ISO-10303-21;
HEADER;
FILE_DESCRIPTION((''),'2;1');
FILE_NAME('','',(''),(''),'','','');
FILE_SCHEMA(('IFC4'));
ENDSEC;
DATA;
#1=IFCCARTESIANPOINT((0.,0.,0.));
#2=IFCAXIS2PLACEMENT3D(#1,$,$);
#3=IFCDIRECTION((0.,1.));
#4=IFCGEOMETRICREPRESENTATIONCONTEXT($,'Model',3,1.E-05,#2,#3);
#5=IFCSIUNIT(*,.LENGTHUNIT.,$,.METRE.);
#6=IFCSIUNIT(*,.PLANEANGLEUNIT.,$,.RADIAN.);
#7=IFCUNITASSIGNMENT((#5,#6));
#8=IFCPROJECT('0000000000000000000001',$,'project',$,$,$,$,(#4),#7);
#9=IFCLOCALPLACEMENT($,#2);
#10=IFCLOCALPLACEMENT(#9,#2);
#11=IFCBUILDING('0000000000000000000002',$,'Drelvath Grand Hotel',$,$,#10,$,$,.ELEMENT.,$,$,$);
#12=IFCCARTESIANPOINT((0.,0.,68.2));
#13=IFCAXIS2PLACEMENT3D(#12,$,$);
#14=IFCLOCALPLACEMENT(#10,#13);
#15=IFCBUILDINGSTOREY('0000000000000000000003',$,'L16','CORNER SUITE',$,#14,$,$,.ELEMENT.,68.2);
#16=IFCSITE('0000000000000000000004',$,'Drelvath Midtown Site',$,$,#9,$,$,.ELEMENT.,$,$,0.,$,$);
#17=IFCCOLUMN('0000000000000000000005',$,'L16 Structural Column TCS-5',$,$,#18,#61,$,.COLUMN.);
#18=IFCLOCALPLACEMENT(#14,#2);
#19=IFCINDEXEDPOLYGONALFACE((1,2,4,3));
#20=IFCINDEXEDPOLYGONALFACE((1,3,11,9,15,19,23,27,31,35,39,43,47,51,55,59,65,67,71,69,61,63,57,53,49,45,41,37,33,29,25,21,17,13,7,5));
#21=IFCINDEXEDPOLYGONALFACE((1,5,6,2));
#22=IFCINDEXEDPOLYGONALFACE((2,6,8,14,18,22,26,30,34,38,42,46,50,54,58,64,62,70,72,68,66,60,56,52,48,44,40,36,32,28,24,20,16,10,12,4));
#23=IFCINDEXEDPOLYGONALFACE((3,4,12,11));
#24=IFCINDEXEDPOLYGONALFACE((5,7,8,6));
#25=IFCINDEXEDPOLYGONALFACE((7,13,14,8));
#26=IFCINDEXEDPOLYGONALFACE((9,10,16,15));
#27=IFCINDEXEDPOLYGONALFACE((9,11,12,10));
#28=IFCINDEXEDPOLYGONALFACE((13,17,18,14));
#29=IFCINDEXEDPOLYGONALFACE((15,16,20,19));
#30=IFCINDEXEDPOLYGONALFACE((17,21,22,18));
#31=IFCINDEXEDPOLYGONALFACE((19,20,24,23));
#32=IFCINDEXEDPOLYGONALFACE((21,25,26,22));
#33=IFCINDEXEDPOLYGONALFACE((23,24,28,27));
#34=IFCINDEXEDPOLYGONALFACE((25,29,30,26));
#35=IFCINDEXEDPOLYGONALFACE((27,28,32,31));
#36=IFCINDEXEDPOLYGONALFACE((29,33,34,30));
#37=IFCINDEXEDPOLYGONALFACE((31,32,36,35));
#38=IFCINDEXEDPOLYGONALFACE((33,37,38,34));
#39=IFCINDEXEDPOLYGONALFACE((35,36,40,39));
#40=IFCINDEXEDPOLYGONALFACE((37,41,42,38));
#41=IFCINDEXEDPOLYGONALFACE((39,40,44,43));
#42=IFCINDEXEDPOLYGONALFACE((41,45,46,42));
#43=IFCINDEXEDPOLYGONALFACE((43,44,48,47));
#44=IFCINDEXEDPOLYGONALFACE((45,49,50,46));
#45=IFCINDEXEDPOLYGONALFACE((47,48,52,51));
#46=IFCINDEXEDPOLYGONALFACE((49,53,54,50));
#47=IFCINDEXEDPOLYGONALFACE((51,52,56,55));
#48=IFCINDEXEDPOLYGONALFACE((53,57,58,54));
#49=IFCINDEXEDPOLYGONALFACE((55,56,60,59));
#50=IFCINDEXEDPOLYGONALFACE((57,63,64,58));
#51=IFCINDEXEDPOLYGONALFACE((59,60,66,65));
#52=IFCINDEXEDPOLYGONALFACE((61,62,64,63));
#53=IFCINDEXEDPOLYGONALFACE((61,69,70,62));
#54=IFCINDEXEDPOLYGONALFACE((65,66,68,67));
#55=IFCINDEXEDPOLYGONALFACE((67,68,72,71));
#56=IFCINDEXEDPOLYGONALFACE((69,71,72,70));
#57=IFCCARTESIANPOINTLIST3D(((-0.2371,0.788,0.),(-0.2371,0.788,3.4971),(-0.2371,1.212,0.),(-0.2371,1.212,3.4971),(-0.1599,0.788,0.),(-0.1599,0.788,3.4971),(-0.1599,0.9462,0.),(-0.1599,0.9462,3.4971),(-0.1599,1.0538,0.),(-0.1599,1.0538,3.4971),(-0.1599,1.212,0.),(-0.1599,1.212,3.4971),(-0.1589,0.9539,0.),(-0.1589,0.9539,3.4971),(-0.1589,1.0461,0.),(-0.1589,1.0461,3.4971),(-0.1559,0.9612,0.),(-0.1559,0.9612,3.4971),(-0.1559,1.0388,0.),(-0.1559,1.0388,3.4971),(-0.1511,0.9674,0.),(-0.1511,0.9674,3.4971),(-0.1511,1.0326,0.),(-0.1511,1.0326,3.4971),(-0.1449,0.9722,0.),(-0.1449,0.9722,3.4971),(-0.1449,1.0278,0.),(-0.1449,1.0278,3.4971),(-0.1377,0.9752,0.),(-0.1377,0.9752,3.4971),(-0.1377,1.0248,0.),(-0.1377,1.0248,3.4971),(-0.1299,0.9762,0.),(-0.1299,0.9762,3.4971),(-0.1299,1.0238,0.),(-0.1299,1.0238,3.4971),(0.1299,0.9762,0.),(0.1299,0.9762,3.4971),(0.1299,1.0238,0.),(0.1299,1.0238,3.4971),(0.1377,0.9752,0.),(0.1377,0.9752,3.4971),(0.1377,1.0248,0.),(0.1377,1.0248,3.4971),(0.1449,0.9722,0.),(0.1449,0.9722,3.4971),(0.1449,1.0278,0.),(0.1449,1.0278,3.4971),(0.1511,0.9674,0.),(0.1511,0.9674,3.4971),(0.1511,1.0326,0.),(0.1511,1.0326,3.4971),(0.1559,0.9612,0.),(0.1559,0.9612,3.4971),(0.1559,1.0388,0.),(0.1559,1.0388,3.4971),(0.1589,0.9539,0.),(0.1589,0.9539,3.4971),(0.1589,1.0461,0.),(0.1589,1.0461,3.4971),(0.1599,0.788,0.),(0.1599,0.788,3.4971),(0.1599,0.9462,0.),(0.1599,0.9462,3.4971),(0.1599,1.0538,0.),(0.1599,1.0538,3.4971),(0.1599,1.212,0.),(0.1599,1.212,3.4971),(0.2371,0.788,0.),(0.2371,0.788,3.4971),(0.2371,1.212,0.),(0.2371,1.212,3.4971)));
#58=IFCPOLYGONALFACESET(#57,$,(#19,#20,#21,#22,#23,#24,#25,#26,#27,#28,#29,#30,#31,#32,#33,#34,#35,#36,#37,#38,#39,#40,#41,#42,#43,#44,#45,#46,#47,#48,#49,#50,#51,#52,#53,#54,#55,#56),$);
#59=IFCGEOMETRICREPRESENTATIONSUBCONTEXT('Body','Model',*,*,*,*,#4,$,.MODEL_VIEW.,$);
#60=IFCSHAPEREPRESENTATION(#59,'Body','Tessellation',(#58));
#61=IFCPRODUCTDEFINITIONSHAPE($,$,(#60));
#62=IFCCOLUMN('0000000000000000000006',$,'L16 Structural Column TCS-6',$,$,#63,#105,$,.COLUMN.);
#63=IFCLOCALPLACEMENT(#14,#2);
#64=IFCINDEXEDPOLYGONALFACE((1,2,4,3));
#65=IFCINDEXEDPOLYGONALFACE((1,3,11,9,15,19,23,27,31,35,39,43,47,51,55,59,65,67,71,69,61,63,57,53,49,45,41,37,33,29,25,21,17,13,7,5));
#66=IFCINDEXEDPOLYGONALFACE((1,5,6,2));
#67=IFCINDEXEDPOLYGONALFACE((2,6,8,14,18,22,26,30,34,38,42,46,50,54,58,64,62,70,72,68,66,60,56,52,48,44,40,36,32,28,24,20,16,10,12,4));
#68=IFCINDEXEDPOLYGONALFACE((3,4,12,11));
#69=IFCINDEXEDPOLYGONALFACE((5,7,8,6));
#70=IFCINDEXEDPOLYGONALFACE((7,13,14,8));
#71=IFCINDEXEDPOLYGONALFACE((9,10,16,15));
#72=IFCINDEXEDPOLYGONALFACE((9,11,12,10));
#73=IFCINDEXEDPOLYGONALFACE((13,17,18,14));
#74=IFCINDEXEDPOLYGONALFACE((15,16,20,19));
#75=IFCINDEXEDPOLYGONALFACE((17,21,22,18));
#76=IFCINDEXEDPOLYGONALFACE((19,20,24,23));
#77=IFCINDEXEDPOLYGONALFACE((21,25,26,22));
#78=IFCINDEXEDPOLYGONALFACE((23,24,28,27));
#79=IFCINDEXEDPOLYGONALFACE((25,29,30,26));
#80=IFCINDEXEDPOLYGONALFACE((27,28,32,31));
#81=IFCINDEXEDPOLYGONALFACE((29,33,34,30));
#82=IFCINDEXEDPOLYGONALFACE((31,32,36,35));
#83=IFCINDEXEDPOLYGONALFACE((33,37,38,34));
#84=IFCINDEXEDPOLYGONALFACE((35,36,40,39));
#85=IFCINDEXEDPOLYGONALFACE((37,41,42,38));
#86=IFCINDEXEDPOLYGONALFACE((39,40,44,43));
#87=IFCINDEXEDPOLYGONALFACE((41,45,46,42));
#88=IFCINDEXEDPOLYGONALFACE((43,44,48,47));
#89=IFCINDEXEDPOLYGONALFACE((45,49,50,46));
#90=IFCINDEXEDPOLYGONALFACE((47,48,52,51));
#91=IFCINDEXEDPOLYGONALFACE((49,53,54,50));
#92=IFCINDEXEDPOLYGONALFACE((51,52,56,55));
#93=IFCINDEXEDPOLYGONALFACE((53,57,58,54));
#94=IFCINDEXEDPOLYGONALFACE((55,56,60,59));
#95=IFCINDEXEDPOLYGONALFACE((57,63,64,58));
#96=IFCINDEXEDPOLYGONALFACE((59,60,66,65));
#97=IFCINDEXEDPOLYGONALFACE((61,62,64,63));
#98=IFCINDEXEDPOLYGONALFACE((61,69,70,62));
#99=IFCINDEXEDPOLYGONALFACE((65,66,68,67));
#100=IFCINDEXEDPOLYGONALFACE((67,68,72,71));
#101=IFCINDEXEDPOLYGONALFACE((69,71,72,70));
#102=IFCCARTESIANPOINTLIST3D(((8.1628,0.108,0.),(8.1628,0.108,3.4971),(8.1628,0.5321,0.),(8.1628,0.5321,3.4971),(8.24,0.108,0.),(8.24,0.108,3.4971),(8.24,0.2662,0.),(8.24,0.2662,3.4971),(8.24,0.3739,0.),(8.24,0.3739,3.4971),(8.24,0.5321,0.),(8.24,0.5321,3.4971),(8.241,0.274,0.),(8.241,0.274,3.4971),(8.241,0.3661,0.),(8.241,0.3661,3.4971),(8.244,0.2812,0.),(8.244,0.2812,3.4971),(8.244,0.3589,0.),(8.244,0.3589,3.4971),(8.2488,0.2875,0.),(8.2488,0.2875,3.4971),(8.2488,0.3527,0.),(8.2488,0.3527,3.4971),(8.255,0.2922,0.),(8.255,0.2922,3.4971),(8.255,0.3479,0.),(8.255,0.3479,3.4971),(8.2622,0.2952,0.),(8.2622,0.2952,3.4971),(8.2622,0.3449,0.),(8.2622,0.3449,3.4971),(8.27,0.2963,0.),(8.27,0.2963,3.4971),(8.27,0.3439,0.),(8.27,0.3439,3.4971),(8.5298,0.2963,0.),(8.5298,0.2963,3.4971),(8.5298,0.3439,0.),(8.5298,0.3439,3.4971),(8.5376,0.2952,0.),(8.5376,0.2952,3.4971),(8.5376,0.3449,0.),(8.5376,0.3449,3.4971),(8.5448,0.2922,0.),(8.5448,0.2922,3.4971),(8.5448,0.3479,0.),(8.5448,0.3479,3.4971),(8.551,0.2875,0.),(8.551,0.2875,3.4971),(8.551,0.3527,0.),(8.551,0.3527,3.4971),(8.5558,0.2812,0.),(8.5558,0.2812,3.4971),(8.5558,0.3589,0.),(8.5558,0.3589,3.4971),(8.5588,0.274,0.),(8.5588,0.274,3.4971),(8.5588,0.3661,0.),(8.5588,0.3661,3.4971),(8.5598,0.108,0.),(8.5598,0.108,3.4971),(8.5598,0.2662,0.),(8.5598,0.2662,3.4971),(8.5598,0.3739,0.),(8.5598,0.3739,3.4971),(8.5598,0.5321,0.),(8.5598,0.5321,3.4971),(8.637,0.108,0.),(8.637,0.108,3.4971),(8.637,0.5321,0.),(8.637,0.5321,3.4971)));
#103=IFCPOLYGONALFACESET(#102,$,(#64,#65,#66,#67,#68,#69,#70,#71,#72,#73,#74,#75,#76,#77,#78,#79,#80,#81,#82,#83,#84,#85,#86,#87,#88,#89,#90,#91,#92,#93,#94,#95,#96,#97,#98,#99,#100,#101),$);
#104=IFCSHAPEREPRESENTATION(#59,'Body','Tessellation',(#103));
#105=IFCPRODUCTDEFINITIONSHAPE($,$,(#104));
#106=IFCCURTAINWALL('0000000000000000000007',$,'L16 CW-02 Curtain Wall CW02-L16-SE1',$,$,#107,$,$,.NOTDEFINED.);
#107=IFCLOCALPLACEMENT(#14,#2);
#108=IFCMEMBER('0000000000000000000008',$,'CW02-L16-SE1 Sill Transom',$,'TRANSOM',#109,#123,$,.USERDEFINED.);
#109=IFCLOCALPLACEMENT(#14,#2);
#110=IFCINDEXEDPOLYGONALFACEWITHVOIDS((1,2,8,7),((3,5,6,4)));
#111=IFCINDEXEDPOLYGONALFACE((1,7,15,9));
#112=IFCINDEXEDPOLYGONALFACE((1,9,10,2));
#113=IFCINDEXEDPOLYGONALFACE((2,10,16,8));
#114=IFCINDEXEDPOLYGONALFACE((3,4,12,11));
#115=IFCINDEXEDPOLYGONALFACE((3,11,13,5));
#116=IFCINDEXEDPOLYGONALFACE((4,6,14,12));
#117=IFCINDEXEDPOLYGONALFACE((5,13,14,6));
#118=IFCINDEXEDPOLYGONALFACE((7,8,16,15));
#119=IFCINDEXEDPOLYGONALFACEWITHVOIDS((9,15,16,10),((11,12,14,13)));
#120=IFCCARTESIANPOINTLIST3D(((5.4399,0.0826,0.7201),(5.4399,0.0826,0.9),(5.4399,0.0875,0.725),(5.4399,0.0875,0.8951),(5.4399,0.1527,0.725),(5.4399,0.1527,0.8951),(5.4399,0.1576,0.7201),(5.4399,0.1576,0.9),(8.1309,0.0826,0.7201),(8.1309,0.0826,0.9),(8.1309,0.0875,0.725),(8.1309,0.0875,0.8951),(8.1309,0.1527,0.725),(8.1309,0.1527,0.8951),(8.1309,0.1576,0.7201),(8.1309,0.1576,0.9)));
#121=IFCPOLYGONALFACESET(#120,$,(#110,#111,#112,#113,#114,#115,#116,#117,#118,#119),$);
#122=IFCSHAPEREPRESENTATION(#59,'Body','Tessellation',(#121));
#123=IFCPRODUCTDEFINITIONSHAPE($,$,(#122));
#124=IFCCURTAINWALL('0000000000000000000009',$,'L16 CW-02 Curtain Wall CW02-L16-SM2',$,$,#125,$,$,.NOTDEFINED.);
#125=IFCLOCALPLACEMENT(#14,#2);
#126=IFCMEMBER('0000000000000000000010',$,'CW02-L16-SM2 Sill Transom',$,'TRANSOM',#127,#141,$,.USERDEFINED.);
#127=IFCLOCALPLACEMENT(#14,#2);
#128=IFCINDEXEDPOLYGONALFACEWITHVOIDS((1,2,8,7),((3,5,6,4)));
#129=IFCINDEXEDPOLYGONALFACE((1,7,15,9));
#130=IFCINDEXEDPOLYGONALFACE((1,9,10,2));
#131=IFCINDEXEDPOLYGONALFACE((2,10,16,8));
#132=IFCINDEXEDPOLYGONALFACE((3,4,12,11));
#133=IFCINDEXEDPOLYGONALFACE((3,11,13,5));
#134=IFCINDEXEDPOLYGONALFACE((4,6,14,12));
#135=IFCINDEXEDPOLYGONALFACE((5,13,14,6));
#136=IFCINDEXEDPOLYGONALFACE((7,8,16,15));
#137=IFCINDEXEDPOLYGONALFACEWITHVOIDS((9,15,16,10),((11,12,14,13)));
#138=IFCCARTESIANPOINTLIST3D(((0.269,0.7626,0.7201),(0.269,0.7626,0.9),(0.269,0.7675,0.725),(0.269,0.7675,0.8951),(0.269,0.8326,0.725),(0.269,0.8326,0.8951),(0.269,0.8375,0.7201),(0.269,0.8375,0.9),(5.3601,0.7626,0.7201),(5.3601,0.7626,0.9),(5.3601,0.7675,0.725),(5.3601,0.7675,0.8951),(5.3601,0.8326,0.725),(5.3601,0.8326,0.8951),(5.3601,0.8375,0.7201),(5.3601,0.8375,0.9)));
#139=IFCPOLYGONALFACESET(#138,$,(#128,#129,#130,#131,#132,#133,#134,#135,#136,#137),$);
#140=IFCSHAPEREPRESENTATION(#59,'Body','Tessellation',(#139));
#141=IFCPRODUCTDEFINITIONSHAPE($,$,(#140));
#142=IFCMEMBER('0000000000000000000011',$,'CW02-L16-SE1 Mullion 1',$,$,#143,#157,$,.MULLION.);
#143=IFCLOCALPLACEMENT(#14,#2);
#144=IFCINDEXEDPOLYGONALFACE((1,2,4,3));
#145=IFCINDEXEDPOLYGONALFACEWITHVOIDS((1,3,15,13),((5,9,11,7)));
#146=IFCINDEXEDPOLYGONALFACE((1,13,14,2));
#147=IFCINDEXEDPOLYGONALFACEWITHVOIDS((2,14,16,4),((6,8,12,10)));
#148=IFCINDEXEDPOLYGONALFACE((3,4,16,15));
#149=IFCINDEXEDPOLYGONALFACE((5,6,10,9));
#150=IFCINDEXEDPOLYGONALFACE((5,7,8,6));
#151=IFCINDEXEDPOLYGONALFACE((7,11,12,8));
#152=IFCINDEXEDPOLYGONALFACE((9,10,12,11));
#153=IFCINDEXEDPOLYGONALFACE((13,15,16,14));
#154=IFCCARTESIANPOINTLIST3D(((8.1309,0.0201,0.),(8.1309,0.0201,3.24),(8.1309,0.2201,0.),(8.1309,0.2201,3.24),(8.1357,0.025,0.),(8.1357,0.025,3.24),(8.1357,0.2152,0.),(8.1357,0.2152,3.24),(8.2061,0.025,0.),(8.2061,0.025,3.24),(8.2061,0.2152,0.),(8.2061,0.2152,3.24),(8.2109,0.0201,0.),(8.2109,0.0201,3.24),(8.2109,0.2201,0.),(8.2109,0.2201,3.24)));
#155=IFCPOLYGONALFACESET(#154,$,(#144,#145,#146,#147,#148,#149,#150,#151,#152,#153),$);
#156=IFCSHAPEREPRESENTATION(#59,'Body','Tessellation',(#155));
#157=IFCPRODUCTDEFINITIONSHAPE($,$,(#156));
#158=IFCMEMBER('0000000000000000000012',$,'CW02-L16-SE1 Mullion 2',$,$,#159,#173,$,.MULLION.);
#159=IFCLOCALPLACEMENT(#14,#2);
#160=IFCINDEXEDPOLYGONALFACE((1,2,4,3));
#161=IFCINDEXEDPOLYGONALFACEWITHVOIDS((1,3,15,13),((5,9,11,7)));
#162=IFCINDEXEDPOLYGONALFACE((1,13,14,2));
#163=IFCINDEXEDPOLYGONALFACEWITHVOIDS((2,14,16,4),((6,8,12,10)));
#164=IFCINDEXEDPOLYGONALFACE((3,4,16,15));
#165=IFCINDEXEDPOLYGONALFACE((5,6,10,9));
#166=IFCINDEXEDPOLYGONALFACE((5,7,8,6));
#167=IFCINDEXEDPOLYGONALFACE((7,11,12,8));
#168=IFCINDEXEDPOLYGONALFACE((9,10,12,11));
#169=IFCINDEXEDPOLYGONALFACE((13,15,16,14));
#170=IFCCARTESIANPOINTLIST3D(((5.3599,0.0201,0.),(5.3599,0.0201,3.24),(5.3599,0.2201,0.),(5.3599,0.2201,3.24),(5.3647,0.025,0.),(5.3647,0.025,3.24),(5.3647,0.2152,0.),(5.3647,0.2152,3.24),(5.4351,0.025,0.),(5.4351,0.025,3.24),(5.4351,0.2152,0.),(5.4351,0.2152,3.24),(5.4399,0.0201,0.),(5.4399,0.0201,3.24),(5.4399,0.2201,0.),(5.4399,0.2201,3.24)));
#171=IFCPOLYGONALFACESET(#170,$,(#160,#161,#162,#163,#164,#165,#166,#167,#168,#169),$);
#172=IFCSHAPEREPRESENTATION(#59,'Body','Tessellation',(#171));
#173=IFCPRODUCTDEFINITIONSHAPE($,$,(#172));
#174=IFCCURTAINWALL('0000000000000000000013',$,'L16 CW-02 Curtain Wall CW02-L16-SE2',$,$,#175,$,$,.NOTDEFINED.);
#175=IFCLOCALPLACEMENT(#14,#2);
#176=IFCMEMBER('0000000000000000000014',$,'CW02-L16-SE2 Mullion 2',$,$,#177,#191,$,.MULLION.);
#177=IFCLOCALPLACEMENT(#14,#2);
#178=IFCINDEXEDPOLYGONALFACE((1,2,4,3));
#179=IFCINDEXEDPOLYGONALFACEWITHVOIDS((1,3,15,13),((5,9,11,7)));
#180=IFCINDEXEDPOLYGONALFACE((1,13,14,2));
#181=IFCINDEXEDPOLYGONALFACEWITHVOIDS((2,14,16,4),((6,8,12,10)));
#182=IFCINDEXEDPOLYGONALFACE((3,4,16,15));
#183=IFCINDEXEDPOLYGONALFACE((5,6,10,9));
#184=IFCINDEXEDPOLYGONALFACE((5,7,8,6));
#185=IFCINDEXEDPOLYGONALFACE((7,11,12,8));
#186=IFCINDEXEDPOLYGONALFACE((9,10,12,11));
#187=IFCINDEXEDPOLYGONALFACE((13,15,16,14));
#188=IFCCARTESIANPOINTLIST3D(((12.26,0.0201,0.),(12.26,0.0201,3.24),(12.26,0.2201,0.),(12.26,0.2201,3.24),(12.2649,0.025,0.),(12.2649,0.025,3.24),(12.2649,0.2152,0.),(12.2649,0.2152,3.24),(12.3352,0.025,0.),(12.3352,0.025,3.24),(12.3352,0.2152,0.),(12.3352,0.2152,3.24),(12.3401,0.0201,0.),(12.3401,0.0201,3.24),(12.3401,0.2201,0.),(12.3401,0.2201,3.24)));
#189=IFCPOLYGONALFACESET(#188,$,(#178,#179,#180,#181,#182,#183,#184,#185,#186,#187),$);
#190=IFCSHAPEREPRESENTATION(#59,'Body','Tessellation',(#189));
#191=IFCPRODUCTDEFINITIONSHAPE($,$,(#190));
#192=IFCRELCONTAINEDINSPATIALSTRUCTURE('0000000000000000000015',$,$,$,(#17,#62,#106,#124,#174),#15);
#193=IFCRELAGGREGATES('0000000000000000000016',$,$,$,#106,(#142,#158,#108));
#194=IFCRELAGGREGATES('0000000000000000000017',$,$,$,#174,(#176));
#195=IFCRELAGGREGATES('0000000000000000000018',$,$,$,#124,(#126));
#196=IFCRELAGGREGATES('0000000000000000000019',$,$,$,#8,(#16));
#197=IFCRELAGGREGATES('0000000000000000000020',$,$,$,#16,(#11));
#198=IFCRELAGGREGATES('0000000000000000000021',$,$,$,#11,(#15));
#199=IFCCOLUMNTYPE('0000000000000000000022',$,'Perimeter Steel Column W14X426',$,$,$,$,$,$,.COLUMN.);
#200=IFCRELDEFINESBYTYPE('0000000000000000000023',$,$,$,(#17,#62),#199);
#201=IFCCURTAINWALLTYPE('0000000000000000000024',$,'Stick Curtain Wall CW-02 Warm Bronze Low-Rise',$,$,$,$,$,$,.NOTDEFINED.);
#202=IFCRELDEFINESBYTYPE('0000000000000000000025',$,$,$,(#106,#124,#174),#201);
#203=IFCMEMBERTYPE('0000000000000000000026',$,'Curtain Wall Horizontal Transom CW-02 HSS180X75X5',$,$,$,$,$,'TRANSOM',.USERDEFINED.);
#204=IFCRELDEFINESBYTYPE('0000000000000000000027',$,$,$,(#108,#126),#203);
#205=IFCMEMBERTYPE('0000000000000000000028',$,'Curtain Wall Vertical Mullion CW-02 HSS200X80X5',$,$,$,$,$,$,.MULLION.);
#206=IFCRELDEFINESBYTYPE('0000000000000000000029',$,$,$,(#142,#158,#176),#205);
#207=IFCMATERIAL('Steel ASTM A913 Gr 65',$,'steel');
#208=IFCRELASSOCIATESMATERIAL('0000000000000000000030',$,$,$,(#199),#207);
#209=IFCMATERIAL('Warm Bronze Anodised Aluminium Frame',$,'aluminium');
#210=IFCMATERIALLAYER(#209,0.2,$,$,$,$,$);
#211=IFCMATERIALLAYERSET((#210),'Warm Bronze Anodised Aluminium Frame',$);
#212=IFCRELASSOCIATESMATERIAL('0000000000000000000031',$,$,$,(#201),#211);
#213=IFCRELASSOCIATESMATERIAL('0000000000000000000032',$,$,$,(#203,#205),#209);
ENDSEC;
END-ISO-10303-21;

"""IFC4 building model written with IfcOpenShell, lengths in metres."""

from ifc_helpers import new_model, si_unit, direction, frame, origin, origin_2d, place, context, subcontext, project, spatial, hollow_rectangle, i_section, extrude, material, layer, layer_set, material_profile, profile_set, type_object, element, aggregate, save


model = new_model("IFC4")

# Units and contexts
model_context = context("Model", 3, precision=1e-05, world=origin(), true_north=direction((0.0, 1.0)))
body_context = subcontext(model_context, "Body", "Model", "MODEL_VIEW")
ifc_project = project(units=[si_unit("LENGTHUNIT", "METRE"), si_unit("PLANEANGLEUNIT", "RADIAN")], contexts=[model_context])

# Site, building, storey
site_placement = place(None, origin())
site = spatial("IfcSite", under=ifc_project, at=site_placement, Name="Drelvath Midtown Site", CompositionType="ELEMENT", RefElevation=0.0)
building_placement = place(site_placement, origin())
building = spatial("IfcBuilding", under=site, at=building_placement, Name="Drelvath Grand Hotel", CompositionType="ELEMENT")
storey_placement = place(building_placement, frame((0.0, 0.0, 68.2)))
storey = spatial("IfcBuildingStorey", under=building, at=storey_placement, Name="L16", Description="CORNER SUITE", CompositionType="ELEMENT", Elevation=68.2)

# Columns
ifc_material_1 = material(Name="Steel ASTM A913 Gr 65", Category="steel")
ifc_material_profile_1 = material_profile(ifc_material_1, i_section(OverallWidth=0.4241, OverallDepth=0.4741, WebThickness=0.0476, FlangeThickness=0.0771, FilletRadius=0.03, at=origin_2d()), Name="W14X426")
ifc_profile_set_1 = profile_set([ifc_material_profile_1], Name="Steel ASTM A913 Gr 65")
column_type = type_object("IfcColumnType", Name="Perimeter Steel Column W14X426", PredefinedType="COLUMN", material=ifc_profile_set_1)
for number, where, z_axis, x_axis, name in (
    (1, (0.0, 1.0, 0.0), (0.0, 0.0, 1.0), (0.0, 1.0, 0.0), "L16 Structural Column TCS-5"),
    (2, (8.3999, 0.3201, 0.0), (0.0, 0.0, 1.0), (0.0, 1.0, 0.0), "L16 Structural Column TCS-6"),
):
    element("IfcColumn", number, at=place(storey_placement, frame(where, z_axis=z_axis, x_axis=x_axis)), inside=storey, type_object=column_type, Name=name, PredefinedType="COLUMN", context=body_context, shape_type="SweptSolid", body=[
        extrude(i_section(OverallWidth=0.4241, OverallDepth=0.4741, WebThickness=0.0476, FlangeThickness=0.0771, FilletRadius=0.03, at=origin_2d()), origin(), (0.0, 0.0, 1.0), 3.4971),
    ])

# Curtain walls, members
ifc_material_2 = material(Name="Warm Bronze Anodised Aluminium Frame", Category="aluminium")
ifc_layer_1 = layer(ifc_material_2, 0.2)
ifc_layer_set_1 = layer_set([ifc_layer_1], Name="Warm Bronze Anodised Aluminium Frame")
curtain_wall_type = type_object("IfcCurtainWallType", Name="Stick Curtain Wall CW-02 Warm Bronze Low-Rise", PredefinedType="NOTDEFINED", material=ifc_layer_set_1)
curtain_wall_1_placement = place(storey_placement, origin())
curtain_wall_1 = element("IfcCurtainWall", 3, at=curtain_wall_1_placement, inside=storey, type_object=curtain_wall_type, Name="L16 CW-02 Curtain Wall CW02-L16-SE1", PredefinedType="NOTDEFINED")
ifc_material_profile_2 = material_profile(ifc_material_2, hollow_rectangle(XDim=0.075, YDim=0.1799, WallThickness=0.0049, at=origin_2d()), Name="HSS180X75X5")
ifc_profile_set_2 = profile_set([ifc_material_profile_2], Name="Warm Bronze Anodised Aluminium Frame")
member_type_1 = type_object("IfcMemberType", Name="Curtain Wall Horizontal Transom CW-02 HSS180X75X5", ElementType="TRANSOM", PredefinedType="USERDEFINED", material=ifc_profile_set_2)
member_1_placement = place(storey_placement, frame((8.1309, 0.1201, 0.8101), z_axis=(-1.0, 0.0, 0.0), x_axis=(0.0, -1.0, 0.0)))
member_1 = element("IfcMember", 4, at=member_1_placement, type_object=member_type_1, Name="CW02-L16-SE1 Sill Transom", ObjectType="TRANSOM", PredefinedType="USERDEFINED", context=body_context, shape_type="SweptSolid", body=[
    extrude(hollow_rectangle(XDim=0.075, YDim=0.1799, WallThickness=0.0049, at=origin_2d()), origin(), (0.0, 0.0, 1.0), 2.6909),
])
curtain_wall_2_placement = place(storey_placement, origin())
curtain_wall_2 = element("IfcCurtainWall", 5, at=curtain_wall_2_placement, inside=storey, type_object=curtain_wall_type, Name="L16 CW-02 Curtain Wall CW02-L16-SM2", PredefinedType="NOTDEFINED")
member_2_placement = place(storey_placement, frame((5.3601, 0.8, 0.8101), z_axis=(-1.0, 0.0, 0.0), x_axis=(0.0, -1.0, 0.0)))
member_2 = element("IfcMember", 6, at=member_2_placement, type_object=member_type_1, Name="CW02-L16-SM2 Sill Transom", ObjectType="TRANSOM", PredefinedType="USERDEFINED", context=body_context, shape_type="SweptSolid", body=[
    extrude(hollow_rectangle(XDim=0.075, YDim=0.1799, WallThickness=0.0049, at=origin_2d()), origin(), (0.0, 0.0, 1.0), 5.0911),
])

# Members
ifc_material_profile_3 = material_profile(ifc_material_2, hollow_rectangle(XDim=0.0801, YDim=0.2, WallThickness=0.0049, at=origin_2d()), Name="HSS200X80X5")
ifc_profile_set_3 = profile_set([ifc_material_profile_3], Name="Warm Bronze Anodised Aluminium Frame")
member_type_2 = type_object("IfcMemberType", Name="Curtain Wall Vertical Mullion CW-02 HSS200X80X5", PredefinedType="MULLION", material=ifc_profile_set_3)
member_3_placement = place(storey_placement, frame((8.1709, 0.1201, 0.0), z_axis=(0.0, 0.0, 1.0), x_axis=(1.0, 0.0, 0.0)))
member_3 = element("IfcMember", 7, at=member_3_placement, type_object=member_type_2, Name="CW02-L16-SE1 Mullion 1", PredefinedType="MULLION", context=body_context, shape_type="SweptSolid", body=[
    extrude(hollow_rectangle(XDim=0.0801, YDim=0.2, WallThickness=0.0049, at=origin_2d()), origin(), (0.0, 0.0, 1.0), 3.24),
])
member_4_placement = place(storey_placement, frame((5.3999, 0.1201, 0.0), z_axis=(0.0, 0.0, 1.0), x_axis=(1.0, 0.0, 0.0)))
member_4 = element("IfcMember", 8, at=member_4_placement, type_object=member_type_2, Name="CW02-L16-SE1 Mullion 2", PredefinedType="MULLION", context=body_context, shape_type="SweptSolid", body=[
    extrude(hollow_rectangle(XDim=0.0801, YDim=0.2, WallThickness=0.0049, at=origin_2d()), origin(), (0.0, 0.0, 1.0), 3.24),
])

# Curtain wall, member
curtain_wall_3_placement = place(storey_placement, origin())
curtain_wall_3 = element("IfcCurtainWall", 9, at=curtain_wall_3_placement, inside=storey, type_object=curtain_wall_type, Name="L16 CW-02 Curtain Wall CW02-L16-SE2", PredefinedType="NOTDEFINED")
member_5_placement = place(storey_placement, frame((12.3, 0.1201, 0.0), z_axis=(0.0, 0.0, 1.0), x_axis=(1.0, 0.0, 0.0)))
member_5 = element("IfcMember", 10, at=member_5_placement, type_object=member_type_2, Name="CW02-L16-SE2 Mullion 2", PredefinedType="MULLION", context=body_context, shape_type="SweptSolid", body=[
    extrude(hollow_rectangle(XDim=0.0801, YDim=0.2, WallThickness=0.0049, at=origin_2d()), origin(), (0.0, 0.0, 1.0), 3.24),
])

aggregate(curtain_wall_1, [member_3, member_4, member_1])
aggregate(curtain_wall_3, [member_5])
aggregate(curtain_wall_2, [member_2])

save(model, "model.ifc")
